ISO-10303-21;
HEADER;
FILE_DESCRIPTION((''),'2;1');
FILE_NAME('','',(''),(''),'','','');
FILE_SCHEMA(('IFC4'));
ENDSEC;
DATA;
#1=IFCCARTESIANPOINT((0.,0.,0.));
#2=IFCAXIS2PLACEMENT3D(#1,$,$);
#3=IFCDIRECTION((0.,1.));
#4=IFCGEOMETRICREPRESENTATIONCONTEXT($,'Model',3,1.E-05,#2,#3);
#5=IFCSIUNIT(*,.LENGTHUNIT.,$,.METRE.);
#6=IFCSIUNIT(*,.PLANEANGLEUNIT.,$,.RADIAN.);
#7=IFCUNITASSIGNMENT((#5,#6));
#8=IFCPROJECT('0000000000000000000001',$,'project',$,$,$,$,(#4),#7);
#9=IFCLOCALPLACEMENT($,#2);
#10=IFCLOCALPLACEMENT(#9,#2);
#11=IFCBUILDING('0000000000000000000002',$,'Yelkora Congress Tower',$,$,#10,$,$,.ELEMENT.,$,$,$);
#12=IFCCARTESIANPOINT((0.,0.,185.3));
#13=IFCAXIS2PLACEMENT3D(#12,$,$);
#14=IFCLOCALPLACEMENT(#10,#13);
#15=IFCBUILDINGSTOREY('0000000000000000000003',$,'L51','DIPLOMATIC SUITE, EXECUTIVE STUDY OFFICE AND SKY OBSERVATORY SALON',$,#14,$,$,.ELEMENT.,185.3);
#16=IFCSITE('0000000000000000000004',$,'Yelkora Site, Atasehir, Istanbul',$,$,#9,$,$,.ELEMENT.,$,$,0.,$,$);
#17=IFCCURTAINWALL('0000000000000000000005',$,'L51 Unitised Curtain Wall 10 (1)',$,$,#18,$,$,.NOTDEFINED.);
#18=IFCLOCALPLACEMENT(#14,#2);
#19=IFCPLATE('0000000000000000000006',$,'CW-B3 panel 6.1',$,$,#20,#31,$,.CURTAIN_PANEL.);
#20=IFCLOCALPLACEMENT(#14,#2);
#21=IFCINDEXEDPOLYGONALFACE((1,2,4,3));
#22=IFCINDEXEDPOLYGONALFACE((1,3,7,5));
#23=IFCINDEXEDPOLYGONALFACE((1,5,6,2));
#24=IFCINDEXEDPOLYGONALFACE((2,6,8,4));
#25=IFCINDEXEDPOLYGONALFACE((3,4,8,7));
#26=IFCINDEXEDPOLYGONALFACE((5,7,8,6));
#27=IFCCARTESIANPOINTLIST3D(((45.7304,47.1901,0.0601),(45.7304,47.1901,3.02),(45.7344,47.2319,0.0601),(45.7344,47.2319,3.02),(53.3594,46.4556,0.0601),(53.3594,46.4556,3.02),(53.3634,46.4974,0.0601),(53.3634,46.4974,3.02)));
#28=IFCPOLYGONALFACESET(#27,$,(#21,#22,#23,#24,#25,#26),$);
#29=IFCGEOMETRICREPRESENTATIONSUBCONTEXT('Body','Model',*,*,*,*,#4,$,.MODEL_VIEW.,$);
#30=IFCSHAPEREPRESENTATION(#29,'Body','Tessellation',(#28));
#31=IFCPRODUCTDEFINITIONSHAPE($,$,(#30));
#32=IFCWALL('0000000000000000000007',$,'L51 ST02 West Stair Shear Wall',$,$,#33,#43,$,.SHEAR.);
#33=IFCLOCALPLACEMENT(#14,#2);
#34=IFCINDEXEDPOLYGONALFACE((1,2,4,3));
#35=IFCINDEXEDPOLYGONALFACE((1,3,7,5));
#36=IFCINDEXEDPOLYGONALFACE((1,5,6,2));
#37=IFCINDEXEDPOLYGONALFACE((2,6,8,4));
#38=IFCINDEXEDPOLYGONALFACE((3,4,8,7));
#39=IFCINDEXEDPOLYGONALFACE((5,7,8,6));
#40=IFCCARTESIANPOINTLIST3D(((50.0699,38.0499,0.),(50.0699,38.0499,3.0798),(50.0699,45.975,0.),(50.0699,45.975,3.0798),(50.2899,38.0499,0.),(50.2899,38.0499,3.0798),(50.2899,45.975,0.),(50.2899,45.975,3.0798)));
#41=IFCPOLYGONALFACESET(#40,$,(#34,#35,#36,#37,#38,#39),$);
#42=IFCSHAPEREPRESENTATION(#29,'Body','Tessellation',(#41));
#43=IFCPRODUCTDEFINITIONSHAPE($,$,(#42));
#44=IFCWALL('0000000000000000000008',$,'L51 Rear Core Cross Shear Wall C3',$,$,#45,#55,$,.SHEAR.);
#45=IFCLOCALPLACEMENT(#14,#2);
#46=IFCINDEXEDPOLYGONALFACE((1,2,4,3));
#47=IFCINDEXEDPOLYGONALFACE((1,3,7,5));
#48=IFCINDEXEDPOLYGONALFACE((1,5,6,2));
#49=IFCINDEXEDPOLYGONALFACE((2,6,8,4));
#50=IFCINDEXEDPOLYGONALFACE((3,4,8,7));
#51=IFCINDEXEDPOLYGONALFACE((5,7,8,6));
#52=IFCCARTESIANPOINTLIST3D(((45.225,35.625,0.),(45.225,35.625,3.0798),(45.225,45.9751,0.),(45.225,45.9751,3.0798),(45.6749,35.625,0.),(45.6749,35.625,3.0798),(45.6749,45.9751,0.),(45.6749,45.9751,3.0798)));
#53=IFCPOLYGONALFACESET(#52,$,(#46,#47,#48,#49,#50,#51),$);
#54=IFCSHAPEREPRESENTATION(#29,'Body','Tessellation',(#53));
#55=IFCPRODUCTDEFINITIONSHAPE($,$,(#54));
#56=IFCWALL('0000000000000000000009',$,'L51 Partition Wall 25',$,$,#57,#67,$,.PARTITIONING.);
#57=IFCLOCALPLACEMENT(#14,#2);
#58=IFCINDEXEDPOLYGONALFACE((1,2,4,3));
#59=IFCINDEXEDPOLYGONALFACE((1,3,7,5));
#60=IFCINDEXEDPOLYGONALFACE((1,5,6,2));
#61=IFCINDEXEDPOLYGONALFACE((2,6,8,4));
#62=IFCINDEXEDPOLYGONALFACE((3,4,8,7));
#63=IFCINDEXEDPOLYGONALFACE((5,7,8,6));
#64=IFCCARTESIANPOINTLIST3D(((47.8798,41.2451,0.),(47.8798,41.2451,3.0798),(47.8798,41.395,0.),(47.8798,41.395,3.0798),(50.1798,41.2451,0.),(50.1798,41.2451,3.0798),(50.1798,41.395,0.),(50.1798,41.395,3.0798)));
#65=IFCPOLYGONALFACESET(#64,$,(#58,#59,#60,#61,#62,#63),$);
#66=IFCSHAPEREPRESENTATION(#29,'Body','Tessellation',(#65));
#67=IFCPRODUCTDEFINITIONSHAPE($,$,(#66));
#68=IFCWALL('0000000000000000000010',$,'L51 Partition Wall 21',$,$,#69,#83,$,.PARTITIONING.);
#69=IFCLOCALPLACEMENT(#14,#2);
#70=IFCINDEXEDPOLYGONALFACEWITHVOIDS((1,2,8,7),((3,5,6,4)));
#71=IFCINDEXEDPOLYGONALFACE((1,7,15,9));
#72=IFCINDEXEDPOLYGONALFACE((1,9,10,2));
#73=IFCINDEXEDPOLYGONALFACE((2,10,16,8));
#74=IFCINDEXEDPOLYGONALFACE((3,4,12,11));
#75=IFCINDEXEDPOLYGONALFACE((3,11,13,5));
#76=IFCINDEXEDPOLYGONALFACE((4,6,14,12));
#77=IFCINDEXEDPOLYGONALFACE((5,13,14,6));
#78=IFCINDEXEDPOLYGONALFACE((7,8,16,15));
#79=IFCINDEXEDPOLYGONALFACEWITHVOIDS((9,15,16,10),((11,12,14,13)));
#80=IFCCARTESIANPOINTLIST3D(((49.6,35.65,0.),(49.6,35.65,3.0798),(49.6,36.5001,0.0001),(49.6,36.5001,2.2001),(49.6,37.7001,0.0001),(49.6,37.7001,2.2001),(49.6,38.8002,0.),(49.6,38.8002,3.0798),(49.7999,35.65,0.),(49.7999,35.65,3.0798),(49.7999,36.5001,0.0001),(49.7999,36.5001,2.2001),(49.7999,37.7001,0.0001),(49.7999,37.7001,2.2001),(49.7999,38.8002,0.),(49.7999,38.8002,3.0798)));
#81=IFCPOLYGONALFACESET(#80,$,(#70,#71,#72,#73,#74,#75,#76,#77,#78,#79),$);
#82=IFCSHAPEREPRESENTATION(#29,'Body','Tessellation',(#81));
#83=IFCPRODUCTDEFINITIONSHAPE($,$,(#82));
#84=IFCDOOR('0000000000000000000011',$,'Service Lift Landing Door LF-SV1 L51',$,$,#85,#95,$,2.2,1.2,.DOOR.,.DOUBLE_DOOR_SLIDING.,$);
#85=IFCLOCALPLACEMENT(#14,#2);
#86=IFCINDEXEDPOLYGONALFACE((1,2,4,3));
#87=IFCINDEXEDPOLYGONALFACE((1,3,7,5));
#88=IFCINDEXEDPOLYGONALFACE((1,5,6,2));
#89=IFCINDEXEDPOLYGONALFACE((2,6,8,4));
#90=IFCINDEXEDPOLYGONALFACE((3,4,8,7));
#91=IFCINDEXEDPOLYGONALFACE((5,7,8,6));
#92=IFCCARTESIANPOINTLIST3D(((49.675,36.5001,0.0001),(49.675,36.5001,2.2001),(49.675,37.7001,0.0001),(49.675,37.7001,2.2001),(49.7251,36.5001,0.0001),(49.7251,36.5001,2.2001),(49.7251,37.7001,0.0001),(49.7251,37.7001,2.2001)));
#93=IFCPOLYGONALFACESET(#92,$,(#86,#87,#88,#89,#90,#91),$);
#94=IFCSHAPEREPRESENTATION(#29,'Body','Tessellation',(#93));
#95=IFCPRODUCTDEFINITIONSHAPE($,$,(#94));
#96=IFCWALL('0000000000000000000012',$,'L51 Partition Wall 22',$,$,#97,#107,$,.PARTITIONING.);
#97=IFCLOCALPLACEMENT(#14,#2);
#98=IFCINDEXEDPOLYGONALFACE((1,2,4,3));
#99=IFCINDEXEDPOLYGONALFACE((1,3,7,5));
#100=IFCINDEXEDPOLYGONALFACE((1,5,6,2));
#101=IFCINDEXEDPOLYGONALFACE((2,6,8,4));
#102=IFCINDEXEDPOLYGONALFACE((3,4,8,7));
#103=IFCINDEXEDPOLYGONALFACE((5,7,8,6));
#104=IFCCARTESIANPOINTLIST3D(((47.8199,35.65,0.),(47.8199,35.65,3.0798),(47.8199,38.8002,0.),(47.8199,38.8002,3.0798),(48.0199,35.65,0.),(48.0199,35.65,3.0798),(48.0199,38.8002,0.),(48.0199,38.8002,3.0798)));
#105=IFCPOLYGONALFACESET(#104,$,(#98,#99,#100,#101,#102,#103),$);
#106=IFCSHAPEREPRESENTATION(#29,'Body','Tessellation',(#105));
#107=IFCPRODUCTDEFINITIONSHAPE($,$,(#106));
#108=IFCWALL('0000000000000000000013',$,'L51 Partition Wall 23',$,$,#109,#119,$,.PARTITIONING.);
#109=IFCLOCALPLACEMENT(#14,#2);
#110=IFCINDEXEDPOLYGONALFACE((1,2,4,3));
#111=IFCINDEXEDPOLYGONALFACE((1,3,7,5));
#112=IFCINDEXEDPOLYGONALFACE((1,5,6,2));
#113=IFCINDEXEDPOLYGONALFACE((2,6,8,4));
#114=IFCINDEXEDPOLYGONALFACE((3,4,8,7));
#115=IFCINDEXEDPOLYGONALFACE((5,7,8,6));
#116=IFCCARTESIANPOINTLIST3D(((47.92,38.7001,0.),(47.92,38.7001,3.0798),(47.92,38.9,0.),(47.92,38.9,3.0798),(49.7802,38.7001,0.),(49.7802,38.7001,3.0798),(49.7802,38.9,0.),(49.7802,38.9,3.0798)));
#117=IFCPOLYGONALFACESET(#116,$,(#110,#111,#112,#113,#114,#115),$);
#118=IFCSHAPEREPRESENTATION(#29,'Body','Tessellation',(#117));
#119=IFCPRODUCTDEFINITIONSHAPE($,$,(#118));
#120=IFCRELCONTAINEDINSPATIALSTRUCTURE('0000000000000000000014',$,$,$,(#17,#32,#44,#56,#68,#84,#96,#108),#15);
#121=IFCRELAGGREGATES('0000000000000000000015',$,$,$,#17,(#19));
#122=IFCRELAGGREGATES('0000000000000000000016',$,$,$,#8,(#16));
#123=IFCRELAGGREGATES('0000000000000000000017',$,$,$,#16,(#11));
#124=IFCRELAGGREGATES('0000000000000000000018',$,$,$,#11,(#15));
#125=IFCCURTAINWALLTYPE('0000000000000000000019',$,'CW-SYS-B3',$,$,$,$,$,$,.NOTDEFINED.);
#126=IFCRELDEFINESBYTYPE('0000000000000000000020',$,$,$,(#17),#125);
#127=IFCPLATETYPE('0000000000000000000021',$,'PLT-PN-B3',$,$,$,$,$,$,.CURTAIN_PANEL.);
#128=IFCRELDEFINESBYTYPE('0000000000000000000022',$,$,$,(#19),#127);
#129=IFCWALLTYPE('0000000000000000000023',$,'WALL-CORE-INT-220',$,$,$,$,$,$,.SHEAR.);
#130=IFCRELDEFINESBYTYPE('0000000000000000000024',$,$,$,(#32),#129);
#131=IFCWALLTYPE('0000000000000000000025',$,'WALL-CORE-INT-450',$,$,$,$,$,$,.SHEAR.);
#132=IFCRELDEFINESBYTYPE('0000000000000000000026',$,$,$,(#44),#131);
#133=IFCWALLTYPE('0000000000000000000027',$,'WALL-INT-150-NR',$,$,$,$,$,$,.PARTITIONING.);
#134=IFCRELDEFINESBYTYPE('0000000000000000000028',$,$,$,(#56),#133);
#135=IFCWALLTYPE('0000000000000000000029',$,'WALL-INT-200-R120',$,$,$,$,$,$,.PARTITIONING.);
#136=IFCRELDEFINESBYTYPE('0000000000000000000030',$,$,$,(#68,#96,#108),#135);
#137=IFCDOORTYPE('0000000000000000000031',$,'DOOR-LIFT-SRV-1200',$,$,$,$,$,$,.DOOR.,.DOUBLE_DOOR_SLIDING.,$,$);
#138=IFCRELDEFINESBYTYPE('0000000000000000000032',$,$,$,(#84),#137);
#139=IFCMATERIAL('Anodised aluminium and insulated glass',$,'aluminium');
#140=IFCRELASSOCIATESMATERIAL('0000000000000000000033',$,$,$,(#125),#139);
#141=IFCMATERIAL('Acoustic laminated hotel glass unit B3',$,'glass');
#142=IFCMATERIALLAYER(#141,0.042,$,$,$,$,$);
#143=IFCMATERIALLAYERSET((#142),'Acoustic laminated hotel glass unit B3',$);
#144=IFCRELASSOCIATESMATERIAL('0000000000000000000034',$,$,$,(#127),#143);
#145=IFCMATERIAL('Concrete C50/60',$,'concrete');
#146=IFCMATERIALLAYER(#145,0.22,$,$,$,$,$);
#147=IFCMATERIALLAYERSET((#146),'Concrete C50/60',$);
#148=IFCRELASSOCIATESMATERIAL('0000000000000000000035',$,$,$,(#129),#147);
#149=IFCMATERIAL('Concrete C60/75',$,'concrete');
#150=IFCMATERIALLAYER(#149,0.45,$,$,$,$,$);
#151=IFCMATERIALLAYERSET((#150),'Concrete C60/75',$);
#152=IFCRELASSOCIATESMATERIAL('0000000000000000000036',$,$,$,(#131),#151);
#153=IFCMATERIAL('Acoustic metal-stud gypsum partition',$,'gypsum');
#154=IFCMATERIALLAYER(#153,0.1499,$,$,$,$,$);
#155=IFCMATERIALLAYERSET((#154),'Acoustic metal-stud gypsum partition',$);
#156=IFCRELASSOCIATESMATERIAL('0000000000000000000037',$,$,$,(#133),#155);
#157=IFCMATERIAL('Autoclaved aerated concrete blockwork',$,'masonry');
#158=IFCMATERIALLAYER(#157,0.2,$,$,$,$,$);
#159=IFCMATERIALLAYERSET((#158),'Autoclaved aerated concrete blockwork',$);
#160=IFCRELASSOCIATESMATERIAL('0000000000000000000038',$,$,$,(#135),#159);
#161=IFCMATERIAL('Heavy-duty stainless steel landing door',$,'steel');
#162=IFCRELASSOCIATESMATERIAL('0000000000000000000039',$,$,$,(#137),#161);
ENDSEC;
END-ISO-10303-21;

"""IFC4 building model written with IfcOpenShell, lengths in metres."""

from ifc_helpers import new_model, si_unit, direction, frame, frame_2d, origin, origin_2d, place, context, subcontext, project, spatial, rectangle, extrude, material, layer, layer_set, type_object, element, fill, aggregate, save


model = new_model("IFC4")

# Units and contexts
model_context = context("Model", 3, precision=1e-05, world=origin(), true_north=direction((0.0, 1.0)))
body_context = subcontext(model_context, "Body", "Model", "MODEL_VIEW")
ifc_project = project(units=[si_unit("LENGTHUNIT", "METRE"), si_unit("PLANEANGLEUNIT", "RADIAN")], contexts=[model_context])

# Site, building, storey
site_placement = place(None, origin())
site = spatial("IfcSite", under=ifc_project, at=site_placement, Name="Yelkora Site, Atasehir, Istanbul", CompositionType="ELEMENT", RefElevation=0.0)
building_placement = place(site_placement, origin())
building = spatial("IfcBuilding", under=site, at=building_placement, Name="Yelkora Congress Tower", CompositionType="ELEMENT")
storey_placement = place(building_placement, frame((0.0, 0.0, 185.3)))
storey = spatial("IfcBuildingStorey", under=building, at=storey_placement, Name="L51", Description="DIPLOMATIC SUITE, EXECUTIVE STUDY OFFICE AND SKY OBSERVATORY SALON", CompositionType="ELEMENT", Elevation=185.3)

# Curtain wall, plate
ifc_material_1 = material(Name="Anodised aluminium and insulated glass", Category="aluminium")
curtain_wall_type = type_object("IfcCurtainWallType", Name="CW-SYS-B3", PredefinedType="NOTDEFINED", material=ifc_material_1)
curtain_wall_placement = place(storey_placement, origin())
curtain_wall = element("IfcCurtainWall", 1, at=curtain_wall_placement, inside=storey, type_object=curtain_wall_type, Name="L51 Unitised Curtain Wall 10 (1)", PredefinedType="NOTDEFINED")
ifc_material_2 = material(Name="Acoustic laminated hotel glass unit B3", Category="glass")
ifc_layer_1 = layer(ifc_material_2, 0.042)
ifc_layer_set_1 = layer_set([ifc_layer_1], Name="Acoustic laminated hotel glass unit B3")
plate_type = type_object("IfcPlateType", Name="PLT-PN-B3", PredefinedType="CURTAIN_PANEL", material=ifc_layer_set_1)
plate_placement = place(storey_placement, frame((49.5469, 46.8438, 0.0601), z_axis=(0.0, 0.0, 1.0), x_axis=(0.995396, -0.095845, 0.0)))
plate = element("IfcPlate", 2, at=plate_placement, type_object=plate_type, Name="CW-B3 panel 6.1", PredefinedType="CURTAIN_PANEL", context=body_context, shape_type="SweptSolid", body=[
    extrude(rectangle(XDim=7.6643, YDim=0.042, at=origin_2d()), origin(), (0.0, 0.0, 1.0), 2.96),
])
aggregate(curtain_wall, [plate])

# Walls
ifc_material_3 = material(Name="Concrete C50/60", Category="concrete")
ifc_layer_2 = layer(ifc_material_3, 0.22)
ifc_layer_set_2 = layer_set([ifc_layer_2], Name="Concrete C50/60")
wall_type_1 = type_object("IfcWallType", Name="WALL-CORE-INT-220", PredefinedType="SHEAR", material=ifc_layer_set_2)
wall_1_placement = place(storey_placement, frame((50.1799, 38.05, 0.0), z_axis=(0.0, 0.0, 1.0), x_axis=(0.0, 1.0, 0.0)))
element("IfcWall", 3, at=wall_1_placement, inside=storey, type_object=wall_type_1, Name="L51 ST02 West Stair Shear Wall", PredefinedType="SHEAR", context=body_context, shape_type="SweptSolid", body=[
    extrude(rectangle(XDim=7.925, YDim=0.22, at=frame_2d((3.9624, 0.0))), origin(), (0.0, 0.0, 1.0), 3.0798),
])
ifc_material_4 = material(Name="Concrete C60/75", Category="concrete")
ifc_layer_3 = layer(ifc_material_4, 0.45)
ifc_layer_set_3 = layer_set([ifc_layer_3], Name="Concrete C60/75")
wall_type_2 = type_object("IfcWallType", Name="WALL-CORE-INT-450", PredefinedType="SHEAR", material=ifc_layer_set_3)
wall_2_placement = place(storey_placement, frame((45.45, 35.625, 0.0), z_axis=(0.0, 0.0, 1.0), x_axis=(0.0, 1.0, 0.0)))
element("IfcWall", 4, at=wall_2_placement, inside=storey, type_object=wall_type_2, Name="L51 Rear Core Cross Shear Wall C3", PredefinedType="SHEAR", context=body_context, shape_type="SweptSolid", body=[
    extrude(rectangle(XDim=10.3501, YDim=0.45, at=frame_2d((5.175, 0.0))), origin(), (0.0, 0.0, 1.0), 3.0798),
])

# Shared definitions
ifc_material_5 = material(Name="Acoustic metal-stud gypsum partition", Category="gypsum")
ifc_layer_4 = layer(ifc_material_5, 0.1499)
ifc_layer_set_4 = layer_set([ifc_layer_4], Name="Acoustic metal-stud gypsum partition")
wall_type_3 = type_object("IfcWallType", Name="WALL-INT-150-NR", PredefinedType="PARTITIONING", material=ifc_layer_set_4)

# Wall
wall_3_placement = place(storey_placement, frame((47.8799, 41.3201, 0.0), z_axis=(0.0, 0.0, 1.0), x_axis=(1.0, 0.0, 0.0)))
element("IfcWall", 5, at=wall_3_placement, inside=storey, type_object=wall_type_3, Name="L51 Partition Wall 25", PredefinedType="PARTITIONING", context=body_context, shape_type="SweptSolid", body=[
    extrude(rectangle(XDim=2.3, YDim=0.1499, at=frame_2d((1.1499, 0.0))), origin(), (0.0, 0.0, 1.0), 3.0798),
])

# Wall, opening, door
ifc_material_6 = material(Name="Autoclaved aerated concrete blockwork", Category="masonry")
ifc_layer_5 = layer(ifc_material_6, 0.2)
ifc_layer_set_5 = layer_set([ifc_layer_5], Name="Autoclaved aerated concrete blockwork")
wall_type_4 = type_object("IfcWallType", Name="WALL-INT-200-R120", PredefinedType="PARTITIONING", material=ifc_layer_set_5)
wall_4_placement = place(storey_placement, frame((49.7, 35.6499, 0.0), z_axis=(0.0, 0.0, 1.0), x_axis=(0.0, 1.0, 0.0)))
wall_4 = element("IfcWall", 6, at=wall_4_placement, inside=storey, type_object=wall_type_4, Name="L51 Partition Wall 21", PredefinedType="PARTITIONING", context=body_context, shape_type="SweptSolid", body=[
    extrude(rectangle(XDim=3.1501, YDim=0.2, at=frame_2d((1.5752, 0.0))), origin(), (0.0, 0.0, 1.0), 3.0798),
])
opening_1_placement = place(wall_4_placement, frame((0.8501, 0.0, 0.0)))
opening_1 = element("IfcOpeningElement", 7, at=opening_1_placement, cuts=wall_4, PredefinedType="OPENING", context=body_context, shape_type="SweptSolid", body=[
    extrude(rectangle(XDim=1.2, YDim=2.2, at=frame_2d((0.6001, 1.1001))), frame((0.0, 0.1099, 0.0), z_axis=(0.0, -1.0, 0.0), x_axis=(1.0, 0.0, 0.0)), (0.0, 0.0, 1.0), 0.22),
])
ifc_material_7 = material(Name="Heavy-duty stainless steel landing door", Category="steel")
door_type_1 = type_object("IfcDoorType", Name="DOOR-LIFT-SRV-1200", OperationType="DOUBLE_DOOR_SLIDING", PredefinedType="DOOR", material=ifc_material_7)
door_1_placement = place(opening_1_placement, origin())
door_1 = element("IfcDoor", 8, at=door_1_placement, inside=storey, type_object=door_type_1, Name="Service Lift Landing Door LF-SV1 L51", OperationType="DOUBLE_DOOR_SLIDING", OverallHeight=2.2, OverallWidth=1.2, PredefinedType="DOOR", context=body_context, shape_type="SweptSolid", body=[
    extrude(rectangle(XDim=1.2, YDim=2.2, at=frame_2d((0.6001, 1.1001))), frame((0.0, 0.0249, 0.0), z_axis=(0.0, -1.0, 0.0), x_axis=(1.0, 0.0, 0.0)), (0.0, 0.0, 1.0), 0.05),
])
fill(opening_1, door_1)

# Walls
wall_5_placement = place(storey_placement, frame((47.9199, 35.6499, 0.0), z_axis=(0.0, 0.0, 1.0), x_axis=(0.0, 1.0, 0.0)))
element("IfcWall", 9, at=wall_5_placement, inside=storey, type_object=wall_type_4, Name="L51 Partition Wall 22", PredefinedType="PARTITIONING", context=body_context, shape_type="SweptSolid", body=[
    extrude(rectangle(XDim=3.1501, YDim=0.2, at=frame_2d((1.5752, 0.0))), origin(), (0.0, 0.0, 1.0), 3.0798),
])
wall_6_placement = place(storey_placement, frame((47.9199, 38.8, 0.0), z_axis=(0.0, 0.0, 1.0), x_axis=(1.0, 0.0, 0.0)))
element("IfcWall", 10, at=wall_6_placement, inside=storey, type_object=wall_type_4, Name="L51 Partition Wall 23", PredefinedType="PARTITIONING", context=body_context, shape_type="SweptSolid", body=[
    extrude(rectangle(XDim=1.8601, YDim=0.2, at=frame_2d((0.9302, 0.0))), origin(), (0.0, 0.0, 1.0), 3.0798),
])

save(model, "model.ifc")
